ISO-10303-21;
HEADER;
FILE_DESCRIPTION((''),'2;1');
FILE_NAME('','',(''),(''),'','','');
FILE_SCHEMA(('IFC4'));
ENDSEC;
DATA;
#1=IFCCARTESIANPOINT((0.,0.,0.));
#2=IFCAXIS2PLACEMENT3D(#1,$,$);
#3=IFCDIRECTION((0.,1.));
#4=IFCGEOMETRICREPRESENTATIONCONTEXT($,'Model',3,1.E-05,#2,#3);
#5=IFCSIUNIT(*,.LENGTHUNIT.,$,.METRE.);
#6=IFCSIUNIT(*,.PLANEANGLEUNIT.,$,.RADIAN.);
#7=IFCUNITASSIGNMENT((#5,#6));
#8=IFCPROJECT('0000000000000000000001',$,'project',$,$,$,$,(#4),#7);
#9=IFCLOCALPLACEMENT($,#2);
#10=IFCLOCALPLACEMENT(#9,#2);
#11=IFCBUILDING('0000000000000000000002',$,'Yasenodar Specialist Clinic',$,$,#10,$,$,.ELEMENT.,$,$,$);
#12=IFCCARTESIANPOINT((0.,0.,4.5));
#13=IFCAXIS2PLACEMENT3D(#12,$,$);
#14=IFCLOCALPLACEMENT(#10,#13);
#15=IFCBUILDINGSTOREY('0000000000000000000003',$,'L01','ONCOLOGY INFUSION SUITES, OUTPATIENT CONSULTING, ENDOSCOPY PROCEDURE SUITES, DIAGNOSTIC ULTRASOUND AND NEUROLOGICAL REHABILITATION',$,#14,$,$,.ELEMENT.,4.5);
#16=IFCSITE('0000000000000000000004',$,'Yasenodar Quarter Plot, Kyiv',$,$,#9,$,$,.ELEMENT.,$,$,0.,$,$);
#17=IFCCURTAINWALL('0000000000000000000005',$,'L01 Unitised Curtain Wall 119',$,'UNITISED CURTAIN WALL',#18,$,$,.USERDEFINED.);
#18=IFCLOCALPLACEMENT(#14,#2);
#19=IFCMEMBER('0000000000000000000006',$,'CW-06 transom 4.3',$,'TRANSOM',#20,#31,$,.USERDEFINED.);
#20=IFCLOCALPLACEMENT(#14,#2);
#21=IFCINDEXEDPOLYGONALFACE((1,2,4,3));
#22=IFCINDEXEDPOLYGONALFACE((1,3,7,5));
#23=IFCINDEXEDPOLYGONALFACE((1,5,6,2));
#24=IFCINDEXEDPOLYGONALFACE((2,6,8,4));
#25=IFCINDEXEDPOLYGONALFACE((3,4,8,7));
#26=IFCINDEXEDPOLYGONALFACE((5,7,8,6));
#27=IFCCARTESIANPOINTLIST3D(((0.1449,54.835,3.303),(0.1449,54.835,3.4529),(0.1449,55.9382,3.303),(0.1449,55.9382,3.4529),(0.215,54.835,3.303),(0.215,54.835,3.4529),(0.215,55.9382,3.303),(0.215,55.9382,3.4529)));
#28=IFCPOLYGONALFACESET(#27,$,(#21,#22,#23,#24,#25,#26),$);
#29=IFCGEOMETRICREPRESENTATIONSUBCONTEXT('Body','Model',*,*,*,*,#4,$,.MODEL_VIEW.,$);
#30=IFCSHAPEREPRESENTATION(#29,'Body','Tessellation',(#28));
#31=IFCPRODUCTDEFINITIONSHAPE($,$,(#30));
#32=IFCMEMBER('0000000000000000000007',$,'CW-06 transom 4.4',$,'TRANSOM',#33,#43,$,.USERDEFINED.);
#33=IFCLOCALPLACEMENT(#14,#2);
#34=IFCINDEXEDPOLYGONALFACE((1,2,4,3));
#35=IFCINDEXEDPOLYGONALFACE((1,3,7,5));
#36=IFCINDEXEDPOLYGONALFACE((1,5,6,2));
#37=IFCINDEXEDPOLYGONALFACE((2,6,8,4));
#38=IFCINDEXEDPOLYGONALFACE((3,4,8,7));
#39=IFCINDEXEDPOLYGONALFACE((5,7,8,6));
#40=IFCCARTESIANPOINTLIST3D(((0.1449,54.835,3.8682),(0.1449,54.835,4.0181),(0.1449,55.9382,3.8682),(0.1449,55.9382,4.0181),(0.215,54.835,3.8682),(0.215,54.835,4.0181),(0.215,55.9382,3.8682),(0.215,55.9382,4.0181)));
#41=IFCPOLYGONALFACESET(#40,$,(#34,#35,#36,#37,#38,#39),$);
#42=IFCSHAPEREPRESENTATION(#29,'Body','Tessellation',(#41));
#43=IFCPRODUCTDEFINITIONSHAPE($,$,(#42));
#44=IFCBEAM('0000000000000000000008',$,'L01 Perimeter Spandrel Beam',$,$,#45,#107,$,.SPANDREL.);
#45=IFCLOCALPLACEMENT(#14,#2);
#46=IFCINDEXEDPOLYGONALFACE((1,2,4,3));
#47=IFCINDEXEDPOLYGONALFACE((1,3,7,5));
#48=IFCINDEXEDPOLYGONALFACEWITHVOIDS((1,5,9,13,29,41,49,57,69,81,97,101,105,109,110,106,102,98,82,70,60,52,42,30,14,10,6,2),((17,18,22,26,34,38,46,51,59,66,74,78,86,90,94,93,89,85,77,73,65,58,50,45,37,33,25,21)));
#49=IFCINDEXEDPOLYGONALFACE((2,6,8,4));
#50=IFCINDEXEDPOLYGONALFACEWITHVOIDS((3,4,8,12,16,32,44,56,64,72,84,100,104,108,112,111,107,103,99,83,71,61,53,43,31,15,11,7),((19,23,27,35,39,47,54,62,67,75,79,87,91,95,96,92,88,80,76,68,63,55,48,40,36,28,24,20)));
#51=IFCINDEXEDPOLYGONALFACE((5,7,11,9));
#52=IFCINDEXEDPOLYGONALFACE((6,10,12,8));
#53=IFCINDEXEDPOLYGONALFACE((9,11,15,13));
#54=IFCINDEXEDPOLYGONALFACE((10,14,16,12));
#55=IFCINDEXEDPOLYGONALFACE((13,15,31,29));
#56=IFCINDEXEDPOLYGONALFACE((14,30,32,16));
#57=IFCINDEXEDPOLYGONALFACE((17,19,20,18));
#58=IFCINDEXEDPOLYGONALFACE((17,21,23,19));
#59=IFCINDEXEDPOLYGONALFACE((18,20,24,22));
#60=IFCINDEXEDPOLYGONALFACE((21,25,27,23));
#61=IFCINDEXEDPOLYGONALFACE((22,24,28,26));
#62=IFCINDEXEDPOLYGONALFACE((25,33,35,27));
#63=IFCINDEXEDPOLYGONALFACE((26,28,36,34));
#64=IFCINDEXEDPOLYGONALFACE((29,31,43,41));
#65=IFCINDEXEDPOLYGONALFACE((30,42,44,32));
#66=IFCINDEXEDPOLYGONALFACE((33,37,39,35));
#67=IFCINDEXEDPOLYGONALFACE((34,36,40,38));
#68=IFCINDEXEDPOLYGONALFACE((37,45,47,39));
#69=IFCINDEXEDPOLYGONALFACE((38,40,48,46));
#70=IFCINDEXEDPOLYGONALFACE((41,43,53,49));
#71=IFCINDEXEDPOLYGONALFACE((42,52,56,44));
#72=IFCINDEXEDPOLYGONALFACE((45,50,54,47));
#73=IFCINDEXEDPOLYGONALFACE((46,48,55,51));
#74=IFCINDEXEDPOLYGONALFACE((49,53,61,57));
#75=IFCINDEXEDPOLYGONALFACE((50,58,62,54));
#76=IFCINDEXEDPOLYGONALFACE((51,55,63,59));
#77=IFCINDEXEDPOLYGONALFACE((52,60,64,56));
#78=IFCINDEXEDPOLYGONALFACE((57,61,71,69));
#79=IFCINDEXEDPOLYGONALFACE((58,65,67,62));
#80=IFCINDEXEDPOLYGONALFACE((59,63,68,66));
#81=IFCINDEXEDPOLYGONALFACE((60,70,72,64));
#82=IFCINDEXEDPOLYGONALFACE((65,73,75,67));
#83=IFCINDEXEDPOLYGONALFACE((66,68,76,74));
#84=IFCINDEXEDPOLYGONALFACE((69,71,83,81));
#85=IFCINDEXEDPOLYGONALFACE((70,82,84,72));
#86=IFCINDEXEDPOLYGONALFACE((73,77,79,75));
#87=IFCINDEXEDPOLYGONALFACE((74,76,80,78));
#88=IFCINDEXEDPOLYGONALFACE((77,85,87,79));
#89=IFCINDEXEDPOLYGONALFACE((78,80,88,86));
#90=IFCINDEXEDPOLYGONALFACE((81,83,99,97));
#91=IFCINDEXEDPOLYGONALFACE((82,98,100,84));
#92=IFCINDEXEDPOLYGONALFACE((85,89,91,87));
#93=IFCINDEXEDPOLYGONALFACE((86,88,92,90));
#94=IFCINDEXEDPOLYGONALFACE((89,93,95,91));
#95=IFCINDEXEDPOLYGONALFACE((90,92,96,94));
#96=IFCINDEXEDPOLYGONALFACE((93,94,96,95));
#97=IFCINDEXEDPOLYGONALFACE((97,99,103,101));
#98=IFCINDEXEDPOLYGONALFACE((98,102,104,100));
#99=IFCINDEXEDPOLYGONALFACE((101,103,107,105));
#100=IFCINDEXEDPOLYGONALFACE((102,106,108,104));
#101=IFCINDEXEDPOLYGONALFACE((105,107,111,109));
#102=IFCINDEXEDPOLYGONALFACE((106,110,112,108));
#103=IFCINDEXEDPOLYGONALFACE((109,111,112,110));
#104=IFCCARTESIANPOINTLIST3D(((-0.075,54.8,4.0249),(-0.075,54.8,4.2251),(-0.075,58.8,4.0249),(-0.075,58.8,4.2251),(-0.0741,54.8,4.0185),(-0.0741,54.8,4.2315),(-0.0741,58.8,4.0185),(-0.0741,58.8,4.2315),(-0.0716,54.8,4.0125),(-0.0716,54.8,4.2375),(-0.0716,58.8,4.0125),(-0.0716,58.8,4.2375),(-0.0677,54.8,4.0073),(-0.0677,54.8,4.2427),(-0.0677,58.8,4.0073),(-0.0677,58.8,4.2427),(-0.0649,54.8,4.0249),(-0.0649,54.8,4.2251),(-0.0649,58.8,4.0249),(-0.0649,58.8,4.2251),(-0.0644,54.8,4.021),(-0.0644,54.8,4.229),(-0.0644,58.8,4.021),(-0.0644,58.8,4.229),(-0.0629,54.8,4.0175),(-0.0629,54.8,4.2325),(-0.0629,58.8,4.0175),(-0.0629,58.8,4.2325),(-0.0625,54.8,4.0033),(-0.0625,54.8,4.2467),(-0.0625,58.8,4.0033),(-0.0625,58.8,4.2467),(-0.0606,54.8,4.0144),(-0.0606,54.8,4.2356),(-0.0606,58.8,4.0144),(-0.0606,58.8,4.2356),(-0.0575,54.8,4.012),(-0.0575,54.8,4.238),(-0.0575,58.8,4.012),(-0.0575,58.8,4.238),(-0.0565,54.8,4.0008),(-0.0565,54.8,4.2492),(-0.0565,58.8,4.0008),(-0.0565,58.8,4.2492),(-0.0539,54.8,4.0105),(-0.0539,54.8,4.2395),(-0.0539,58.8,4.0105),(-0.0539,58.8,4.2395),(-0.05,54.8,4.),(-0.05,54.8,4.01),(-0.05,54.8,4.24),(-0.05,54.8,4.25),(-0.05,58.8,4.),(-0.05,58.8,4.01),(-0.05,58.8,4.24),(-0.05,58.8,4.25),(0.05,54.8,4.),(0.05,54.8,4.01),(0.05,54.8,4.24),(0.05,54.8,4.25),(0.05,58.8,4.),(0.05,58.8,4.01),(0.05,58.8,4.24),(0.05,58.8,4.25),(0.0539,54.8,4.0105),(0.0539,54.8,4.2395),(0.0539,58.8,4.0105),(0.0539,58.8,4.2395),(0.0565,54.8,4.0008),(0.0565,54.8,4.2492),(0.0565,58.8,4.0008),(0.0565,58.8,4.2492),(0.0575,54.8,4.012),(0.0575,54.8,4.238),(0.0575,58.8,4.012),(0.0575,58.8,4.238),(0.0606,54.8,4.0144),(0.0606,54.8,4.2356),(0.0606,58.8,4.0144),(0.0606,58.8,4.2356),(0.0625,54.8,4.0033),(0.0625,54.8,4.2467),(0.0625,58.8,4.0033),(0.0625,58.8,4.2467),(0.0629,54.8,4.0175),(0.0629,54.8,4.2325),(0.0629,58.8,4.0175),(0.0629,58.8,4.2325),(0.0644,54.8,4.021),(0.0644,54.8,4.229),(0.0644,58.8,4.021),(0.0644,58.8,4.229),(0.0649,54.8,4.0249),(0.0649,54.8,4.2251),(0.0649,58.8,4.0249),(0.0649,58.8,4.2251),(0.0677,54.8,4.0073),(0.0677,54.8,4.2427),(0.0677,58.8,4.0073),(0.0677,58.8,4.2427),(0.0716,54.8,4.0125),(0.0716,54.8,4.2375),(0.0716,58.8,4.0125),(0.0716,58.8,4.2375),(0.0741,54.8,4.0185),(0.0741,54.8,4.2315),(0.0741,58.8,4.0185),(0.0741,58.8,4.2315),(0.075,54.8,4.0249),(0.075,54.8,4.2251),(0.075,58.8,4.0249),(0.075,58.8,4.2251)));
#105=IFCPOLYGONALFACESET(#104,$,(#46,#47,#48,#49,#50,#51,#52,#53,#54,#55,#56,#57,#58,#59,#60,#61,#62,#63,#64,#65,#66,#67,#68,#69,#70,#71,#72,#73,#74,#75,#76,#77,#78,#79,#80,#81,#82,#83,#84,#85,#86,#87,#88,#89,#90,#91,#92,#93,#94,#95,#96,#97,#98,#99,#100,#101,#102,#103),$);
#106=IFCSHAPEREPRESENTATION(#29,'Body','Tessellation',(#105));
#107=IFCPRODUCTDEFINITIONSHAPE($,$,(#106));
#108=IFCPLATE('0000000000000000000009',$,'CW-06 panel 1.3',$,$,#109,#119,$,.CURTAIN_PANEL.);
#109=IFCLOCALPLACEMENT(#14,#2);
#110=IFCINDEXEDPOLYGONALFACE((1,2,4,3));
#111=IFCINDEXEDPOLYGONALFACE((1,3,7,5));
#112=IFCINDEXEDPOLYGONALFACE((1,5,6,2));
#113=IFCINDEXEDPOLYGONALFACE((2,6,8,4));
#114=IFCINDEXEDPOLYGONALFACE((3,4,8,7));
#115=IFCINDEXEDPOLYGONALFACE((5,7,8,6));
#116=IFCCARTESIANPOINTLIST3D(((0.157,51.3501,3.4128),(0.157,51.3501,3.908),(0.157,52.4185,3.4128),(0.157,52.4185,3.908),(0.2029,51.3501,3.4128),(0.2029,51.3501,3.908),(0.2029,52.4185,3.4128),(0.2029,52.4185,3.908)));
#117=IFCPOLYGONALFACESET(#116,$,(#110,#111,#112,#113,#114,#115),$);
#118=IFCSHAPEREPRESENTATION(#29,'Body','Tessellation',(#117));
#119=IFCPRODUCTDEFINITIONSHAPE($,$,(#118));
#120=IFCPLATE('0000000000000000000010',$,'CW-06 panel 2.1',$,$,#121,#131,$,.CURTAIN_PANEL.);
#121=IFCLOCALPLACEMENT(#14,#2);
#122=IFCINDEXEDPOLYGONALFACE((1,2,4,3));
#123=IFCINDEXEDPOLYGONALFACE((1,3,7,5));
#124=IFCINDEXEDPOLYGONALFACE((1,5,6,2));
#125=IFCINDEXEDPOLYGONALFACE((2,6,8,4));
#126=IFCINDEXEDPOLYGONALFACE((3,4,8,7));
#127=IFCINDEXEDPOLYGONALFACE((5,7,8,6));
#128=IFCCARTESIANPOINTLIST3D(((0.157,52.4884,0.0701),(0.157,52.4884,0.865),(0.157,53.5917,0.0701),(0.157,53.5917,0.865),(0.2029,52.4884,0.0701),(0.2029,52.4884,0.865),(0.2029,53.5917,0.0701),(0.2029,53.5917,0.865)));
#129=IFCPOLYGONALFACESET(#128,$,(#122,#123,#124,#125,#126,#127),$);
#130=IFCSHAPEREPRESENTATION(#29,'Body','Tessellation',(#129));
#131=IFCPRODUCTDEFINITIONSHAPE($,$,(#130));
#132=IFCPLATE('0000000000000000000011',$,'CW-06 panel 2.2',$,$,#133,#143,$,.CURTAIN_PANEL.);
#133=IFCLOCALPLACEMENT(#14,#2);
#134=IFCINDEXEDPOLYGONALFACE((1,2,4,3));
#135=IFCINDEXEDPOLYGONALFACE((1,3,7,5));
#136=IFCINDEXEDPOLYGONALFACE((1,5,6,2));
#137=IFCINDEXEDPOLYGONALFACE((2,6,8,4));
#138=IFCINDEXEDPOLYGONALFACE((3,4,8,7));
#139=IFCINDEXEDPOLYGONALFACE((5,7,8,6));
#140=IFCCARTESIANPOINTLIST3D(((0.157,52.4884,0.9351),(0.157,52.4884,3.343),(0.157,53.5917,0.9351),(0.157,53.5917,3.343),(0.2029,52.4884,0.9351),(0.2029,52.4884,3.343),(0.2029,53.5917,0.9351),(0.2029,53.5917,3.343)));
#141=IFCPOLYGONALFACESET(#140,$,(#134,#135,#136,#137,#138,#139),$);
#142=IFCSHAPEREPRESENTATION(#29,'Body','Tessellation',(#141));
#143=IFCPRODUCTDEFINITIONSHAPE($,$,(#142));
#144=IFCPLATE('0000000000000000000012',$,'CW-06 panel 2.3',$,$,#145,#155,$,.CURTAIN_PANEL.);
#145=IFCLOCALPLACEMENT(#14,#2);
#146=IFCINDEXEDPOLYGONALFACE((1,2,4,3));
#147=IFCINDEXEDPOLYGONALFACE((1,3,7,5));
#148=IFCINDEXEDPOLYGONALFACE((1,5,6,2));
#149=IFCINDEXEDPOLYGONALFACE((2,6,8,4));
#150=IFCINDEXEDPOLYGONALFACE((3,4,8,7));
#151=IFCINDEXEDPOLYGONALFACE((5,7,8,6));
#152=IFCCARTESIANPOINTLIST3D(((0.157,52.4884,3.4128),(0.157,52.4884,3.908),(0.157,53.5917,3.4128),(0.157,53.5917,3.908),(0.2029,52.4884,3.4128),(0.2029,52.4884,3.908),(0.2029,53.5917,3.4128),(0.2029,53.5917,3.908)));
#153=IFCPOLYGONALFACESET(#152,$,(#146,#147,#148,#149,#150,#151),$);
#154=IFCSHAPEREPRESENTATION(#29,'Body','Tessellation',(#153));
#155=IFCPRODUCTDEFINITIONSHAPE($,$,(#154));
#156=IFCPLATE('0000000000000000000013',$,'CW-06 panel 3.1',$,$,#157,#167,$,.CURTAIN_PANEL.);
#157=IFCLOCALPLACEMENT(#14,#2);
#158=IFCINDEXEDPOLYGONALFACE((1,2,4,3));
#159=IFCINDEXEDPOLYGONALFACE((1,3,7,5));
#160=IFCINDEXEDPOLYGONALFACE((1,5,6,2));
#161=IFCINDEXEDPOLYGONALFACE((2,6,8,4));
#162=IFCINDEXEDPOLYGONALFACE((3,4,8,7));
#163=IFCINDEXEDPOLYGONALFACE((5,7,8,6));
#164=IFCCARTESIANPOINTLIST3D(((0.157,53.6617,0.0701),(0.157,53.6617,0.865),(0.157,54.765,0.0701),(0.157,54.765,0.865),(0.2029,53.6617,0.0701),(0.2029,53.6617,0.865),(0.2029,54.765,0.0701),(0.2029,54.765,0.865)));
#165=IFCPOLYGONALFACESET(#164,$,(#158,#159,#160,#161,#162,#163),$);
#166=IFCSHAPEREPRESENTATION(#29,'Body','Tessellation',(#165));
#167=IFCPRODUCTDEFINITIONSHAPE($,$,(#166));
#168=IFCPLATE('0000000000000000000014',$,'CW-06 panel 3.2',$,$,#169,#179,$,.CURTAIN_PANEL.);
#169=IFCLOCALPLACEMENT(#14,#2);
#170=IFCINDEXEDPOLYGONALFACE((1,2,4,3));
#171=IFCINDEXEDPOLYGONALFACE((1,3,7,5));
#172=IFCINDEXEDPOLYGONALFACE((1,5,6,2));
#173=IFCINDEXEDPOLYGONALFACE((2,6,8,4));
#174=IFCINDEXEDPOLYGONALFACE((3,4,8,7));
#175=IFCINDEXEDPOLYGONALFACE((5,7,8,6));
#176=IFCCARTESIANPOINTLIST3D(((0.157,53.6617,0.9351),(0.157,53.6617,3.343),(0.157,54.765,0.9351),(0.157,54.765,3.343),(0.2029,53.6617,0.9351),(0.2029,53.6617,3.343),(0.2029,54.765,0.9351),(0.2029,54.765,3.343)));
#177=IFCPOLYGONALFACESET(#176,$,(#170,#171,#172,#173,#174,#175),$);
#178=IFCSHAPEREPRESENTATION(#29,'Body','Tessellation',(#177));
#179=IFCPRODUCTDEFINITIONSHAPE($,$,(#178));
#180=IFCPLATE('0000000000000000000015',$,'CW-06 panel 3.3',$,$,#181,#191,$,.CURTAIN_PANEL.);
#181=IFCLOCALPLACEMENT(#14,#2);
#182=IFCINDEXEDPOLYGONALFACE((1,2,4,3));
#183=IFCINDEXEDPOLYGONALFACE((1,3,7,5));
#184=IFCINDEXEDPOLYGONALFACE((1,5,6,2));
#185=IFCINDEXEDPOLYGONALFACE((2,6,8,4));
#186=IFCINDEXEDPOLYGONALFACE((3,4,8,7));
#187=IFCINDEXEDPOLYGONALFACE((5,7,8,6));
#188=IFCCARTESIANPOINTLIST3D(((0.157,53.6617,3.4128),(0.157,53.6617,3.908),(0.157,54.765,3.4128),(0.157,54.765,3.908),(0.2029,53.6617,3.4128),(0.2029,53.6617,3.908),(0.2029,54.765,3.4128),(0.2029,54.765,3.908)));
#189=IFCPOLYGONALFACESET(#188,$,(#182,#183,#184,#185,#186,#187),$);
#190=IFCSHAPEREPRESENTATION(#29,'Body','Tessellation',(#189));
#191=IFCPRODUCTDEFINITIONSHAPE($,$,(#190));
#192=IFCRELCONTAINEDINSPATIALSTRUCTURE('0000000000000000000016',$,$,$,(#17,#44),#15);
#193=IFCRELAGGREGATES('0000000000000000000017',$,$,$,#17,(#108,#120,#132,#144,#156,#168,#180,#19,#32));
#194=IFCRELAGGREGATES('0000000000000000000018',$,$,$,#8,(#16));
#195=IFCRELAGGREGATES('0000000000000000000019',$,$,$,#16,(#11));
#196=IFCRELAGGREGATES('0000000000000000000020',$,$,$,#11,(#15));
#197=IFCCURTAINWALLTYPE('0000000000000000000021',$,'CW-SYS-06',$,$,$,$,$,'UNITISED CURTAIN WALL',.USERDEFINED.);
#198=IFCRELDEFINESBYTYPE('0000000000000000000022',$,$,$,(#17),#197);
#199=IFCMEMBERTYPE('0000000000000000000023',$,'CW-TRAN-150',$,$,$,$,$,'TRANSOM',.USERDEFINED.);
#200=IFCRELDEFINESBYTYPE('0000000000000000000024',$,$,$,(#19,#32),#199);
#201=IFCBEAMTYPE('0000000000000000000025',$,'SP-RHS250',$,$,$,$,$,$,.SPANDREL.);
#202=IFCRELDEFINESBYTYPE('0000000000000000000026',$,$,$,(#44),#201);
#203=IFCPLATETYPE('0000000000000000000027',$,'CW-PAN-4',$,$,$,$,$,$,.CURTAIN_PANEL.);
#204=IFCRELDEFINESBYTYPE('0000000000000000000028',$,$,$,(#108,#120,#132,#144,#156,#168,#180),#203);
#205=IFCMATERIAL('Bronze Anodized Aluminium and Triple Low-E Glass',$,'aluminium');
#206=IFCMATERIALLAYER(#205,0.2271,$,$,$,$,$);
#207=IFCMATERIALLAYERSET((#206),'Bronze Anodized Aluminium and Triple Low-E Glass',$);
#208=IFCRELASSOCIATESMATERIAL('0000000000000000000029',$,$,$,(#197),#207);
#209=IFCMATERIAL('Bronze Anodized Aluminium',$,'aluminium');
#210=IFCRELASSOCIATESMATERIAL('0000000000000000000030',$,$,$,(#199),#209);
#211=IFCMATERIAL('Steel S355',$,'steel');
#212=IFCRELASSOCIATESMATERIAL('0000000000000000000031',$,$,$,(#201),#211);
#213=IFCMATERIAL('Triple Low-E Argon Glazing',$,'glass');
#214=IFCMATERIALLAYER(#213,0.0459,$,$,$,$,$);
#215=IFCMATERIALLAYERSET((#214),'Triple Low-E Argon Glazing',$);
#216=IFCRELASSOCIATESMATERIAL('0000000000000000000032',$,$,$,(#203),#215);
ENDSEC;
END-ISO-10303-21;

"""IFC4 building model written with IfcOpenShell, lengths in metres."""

from ifc_helpers import new_model, si_unit, direction, frame, origin, origin_2d, place, context, subcontext, project, spatial, rectangle, hollow_rectangle, extrude, material, layer, layer_set, material_profile, profile_set, type_object, element, aggregate, save


model = new_model("IFC4")

# Units and contexts
model_context = context("Model", 3, precision=1e-05, world=origin(), true_north=direction((0.0, 1.0)))
body_context = subcontext(model_context, "Body", "Model", "MODEL_VIEW")
ifc_project = project(units=[si_unit("LENGTHUNIT", "METRE"), si_unit("PLANEANGLEUNIT", "RADIAN")], contexts=[model_context])

# Site, building, storey
site_placement = place(None, origin())
site = spatial("IfcSite", under=ifc_project, at=site_placement, Name="Yasenodar Quarter Plot, Kyiv", CompositionType="ELEMENT", RefElevation=0.0)
building_placement = place(site_placement, origin())
building = spatial("IfcBuilding", under=site, at=building_placement, Name="Yasenodar Specialist Clinic", CompositionType="ELEMENT")
storey_placement = place(building_placement, frame((0.0, 0.0, 4.5)))
storey = spatial("IfcBuildingStorey", under=building, at=storey_placement, Name="L01", Description="ONCOLOGY INFUSION SUITES, OUTPATIENT CONSULTING, ENDOSCOPY PROCEDURE SUITES, DIAGNOSTIC ULTRASOUND AND NEUROLOGICAL REHABILITATION", CompositionType="ELEMENT", Elevation=4.5)

# Curtain wall, members
ifc_material_1 = material(Name="Bronze Anodized Aluminium and Triple Low-E Glass", Category="aluminium")
ifc_layer_1 = layer(ifc_material_1, 0.2271)
ifc_layer_set_1 = layer_set([ifc_layer_1], Name="Bronze Anodized Aluminium and Triple Low-E Glass")
curtain_wall_type = type_object("IfcCurtainWallType", Name="CW-SYS-06", ElementType="UNITISED CURTAIN WALL", PredefinedType="USERDEFINED", material=ifc_layer_set_1)
curtain_wall_placement = place(storey_placement, origin())
curtain_wall = element("IfcCurtainWall", 1, at=curtain_wall_placement, inside=storey, type_object=curtain_wall_type, Name="L01 Unitised Curtain Wall 119", ObjectType="UNITISED CURTAIN WALL", PredefinedType="USERDEFINED")
ifc_material_2 = material(Name="Bronze Anodized Aluminium", Category="aluminium")
ifc_material_profile_1 = material_profile(ifc_material_2, rectangle(XDim=0.0701, YDim=0.1499, at=origin_2d()), Name="CW-TRAN 70x150")
ifc_profile_set_1 = profile_set([ifc_material_profile_1], Name="Bronze Anodized Aluminium")
member_type_1 = type_object("IfcMemberType", Name="CW-TRAN-150", ElementType="TRANSOM", PredefinedType="USERDEFINED", material=ifc_profile_set_1)
member_1_placement = place(storey_placement, frame((0.1799, 54.835, 3.3779), z_axis=(0.0, 1.0, 0.0), x_axis=(-1.0, 0.0, 0.0)))
member_1 = element("IfcMember", 2, at=member_1_placement, type_object=member_type_1, Name="CW-06 transom 4.3", ObjectType="TRANSOM", PredefinedType="USERDEFINED", context=body_context, shape_type="SweptSolid", body=[
    extrude(rectangle(XDim=0.0701, YDim=0.1499, at=origin_2d()), origin(), (0.0, 0.0, 1.0), 1.1033),
])
member_2_placement = place(storey_placement, frame((0.1799, 54.835, 3.9431), z_axis=(0.0, 1.0, 0.0), x_axis=(-1.0, 0.0, 0.0)))
member_2 = element("IfcMember", 3, at=member_2_placement, type_object=member_type_1, Name="CW-06 transom 4.4", ObjectType="TRANSOM", PredefinedType="USERDEFINED", context=body_context, shape_type="SweptSolid", body=[
    extrude(rectangle(XDim=0.0701, YDim=0.1499, at=origin_2d()), origin(), (0.0, 0.0, 1.0), 1.1033),
])

# Beam
ifc_material_3 = material(Name="Steel S355", Category="steel")
ifc_material_profile_2 = material_profile(ifc_material_3, hollow_rectangle(XDim=0.1499, YDim=0.25, WallThickness=0.01, InnerFilletRadius=0.0149, OuterFilletRadius=0.0249, at=origin_2d()), Name="RHS 250x150x10")
ifc_profile_set_2 = profile_set([ifc_material_profile_2], Name="Steel S355")
beam_type = type_object("IfcBeamType", Name="SP-RHS250", PredefinedType="SPANDREL", material=ifc_profile_set_2)
beam_placement = place(storey_placement, frame((0.0, 54.8, 4.125), z_axis=(0.0, 1.0, 0.0), x_axis=(-1.0, 0.0, 0.0)))
element("IfcBeam", 4, at=beam_placement, inside=storey, type_object=beam_type, Name="L01 Perimeter Spandrel Beam", PredefinedType="SPANDREL", context=body_context, shape_type="SweptSolid", body=[
    extrude(hollow_rectangle(XDim=0.1499, YDim=0.25, WallThickness=0.01, InnerFilletRadius=0.0149, OuterFilletRadius=0.0249, at=origin_2d()), origin(), (0.0, 0.0, 1.0), 4.0),
])

# Plates
ifc_material_4 = material(Name="Triple Low-E Argon Glazing", Category="glass")
ifc_layer_2 = layer(ifc_material_4, 0.0459)
ifc_layer_set_2 = layer_set([ifc_layer_2], Name="Triple Low-E Argon Glazing")
plate_type = type_object("IfcPlateType", Name="CW-PAN-4", PredefinedType="CURTAIN_PANEL", material=ifc_layer_set_2)
plate_1_placement = place(storey_placement, frame((0.1799, 51.8843, 3.4128), z_axis=(0.0, 0.0, 1.0), x_axis=(0.0, 1.0, 0.0)))
plate_1 = element("IfcPlate", 5, at=plate_1_placement, type_object=plate_type, Name="CW-06 panel 1.3", PredefinedType="CURTAIN_PANEL", context=body_context, shape_type="SweptSolid", body=[
    extrude(rectangle(XDim=1.0684, YDim=0.0459, at=origin_2d()), origin(), (0.0, 0.0, 1.0), 0.4951),
])
plate_2_placement = place(storey_placement, frame((0.1799, 53.04, 0.0701), z_axis=(0.0, 0.0, 1.0), x_axis=(0.0, 1.0, 0.0)))
plate_2 = element("IfcPlate", 6, at=plate_2_placement, type_object=plate_type, Name="CW-06 panel 2.1", PredefinedType="CURTAIN_PANEL", context=body_context, shape_type="SweptSolid", body=[
    extrude(rectangle(XDim=1.1033, YDim=0.0459, at=origin_2d()), origin(), (0.0, 0.0, 1.0), 0.7949),
])
plate_3_placement = place(storey_placement, frame((0.1799, 53.04, 0.9351), z_axis=(0.0, 0.0, 1.0), x_axis=(0.0, 1.0, 0.0)))
plate_3 = element("IfcPlate", 7, at=plate_3_placement, type_object=plate_type, Name="CW-06 panel 2.2", PredefinedType="CURTAIN_PANEL", context=body_context, shape_type="SweptSolid", body=[
    extrude(rectangle(XDim=1.1033, YDim=0.0459, at=origin_2d()), origin(), (0.0, 0.0, 1.0), 2.408),
])
plate_4_placement = place(storey_placement, frame((0.1799, 53.04, 3.4128), z_axis=(0.0, 0.0, 1.0), x_axis=(0.0, 1.0, 0.0)))
plate_4 = element("IfcPlate", 8, at=plate_4_placement, type_object=plate_type, Name="CW-06 panel 2.3", PredefinedType="CURTAIN_PANEL", context=body_context, shape_type="SweptSolid", body=[
    extrude(rectangle(XDim=1.1033, YDim=0.0459, at=origin_2d()), origin(), (0.0, 0.0, 1.0), 0.4951),
])
plate_5_placement = place(storey_placement, frame((0.1799, 54.2134, 0.0701), z_axis=(0.0, 0.0, 1.0), x_axis=(0.0, 1.0, 0.0)))
plate_5 = element("IfcPlate", 9, at=plate_5_placement, type_object=plate_type, Name="CW-06 panel 3.1", PredefinedType="CURTAIN_PANEL", context=body_context, shape_type="SweptSolid", body=[
    extrude(rectangle(XDim=1.1033, YDim=0.0459, at=origin_2d()), origin(), (0.0, 0.0, 1.0), 0.7949),
])
plate_6_placement = place(storey_placement, frame((0.1799, 54.2134, 0.9351), z_axis=(0.0, 0.0, 1.0), x_axis=(0.0, 1.0, 0.0)))
plate_6 = element("IfcPlate", 10, at=plate_6_placement, type_object=plate_type, Name="CW-06 panel 3.2", PredefinedType="CURTAIN_PANEL", context=body_context, shape_type="SweptSolid", body=[
    extrude(rectangle(XDim=1.1033, YDim=0.0459, at=origin_2d()), origin(), (0.0, 0.0, 1.0), 2.408),
])
plate_7_placement = place(storey_placement, frame((0.1799, 54.2134, 3.4128), z_axis=(0.0, 0.0, 1.0), x_axis=(0.0, 1.0, 0.0)))
plate_7 = element("IfcPlate", 11, at=plate_7_placement, type_object=plate_type, Name="CW-06 panel 3.3", PredefinedType="CURTAIN_PANEL", context=body_context, shape_type="SweptSolid", body=[
    extrude(rectangle(XDim=1.1033, YDim=0.0459, at=origin_2d()), origin(), (0.0, 0.0, 1.0), 0.4951),
])
aggregate(curtain_wall, [plate_1, plate_2, plate_3, plate_4, plate_5, plate_6, plate_7, member_1, member_2])

save(model, "model.ifc")
